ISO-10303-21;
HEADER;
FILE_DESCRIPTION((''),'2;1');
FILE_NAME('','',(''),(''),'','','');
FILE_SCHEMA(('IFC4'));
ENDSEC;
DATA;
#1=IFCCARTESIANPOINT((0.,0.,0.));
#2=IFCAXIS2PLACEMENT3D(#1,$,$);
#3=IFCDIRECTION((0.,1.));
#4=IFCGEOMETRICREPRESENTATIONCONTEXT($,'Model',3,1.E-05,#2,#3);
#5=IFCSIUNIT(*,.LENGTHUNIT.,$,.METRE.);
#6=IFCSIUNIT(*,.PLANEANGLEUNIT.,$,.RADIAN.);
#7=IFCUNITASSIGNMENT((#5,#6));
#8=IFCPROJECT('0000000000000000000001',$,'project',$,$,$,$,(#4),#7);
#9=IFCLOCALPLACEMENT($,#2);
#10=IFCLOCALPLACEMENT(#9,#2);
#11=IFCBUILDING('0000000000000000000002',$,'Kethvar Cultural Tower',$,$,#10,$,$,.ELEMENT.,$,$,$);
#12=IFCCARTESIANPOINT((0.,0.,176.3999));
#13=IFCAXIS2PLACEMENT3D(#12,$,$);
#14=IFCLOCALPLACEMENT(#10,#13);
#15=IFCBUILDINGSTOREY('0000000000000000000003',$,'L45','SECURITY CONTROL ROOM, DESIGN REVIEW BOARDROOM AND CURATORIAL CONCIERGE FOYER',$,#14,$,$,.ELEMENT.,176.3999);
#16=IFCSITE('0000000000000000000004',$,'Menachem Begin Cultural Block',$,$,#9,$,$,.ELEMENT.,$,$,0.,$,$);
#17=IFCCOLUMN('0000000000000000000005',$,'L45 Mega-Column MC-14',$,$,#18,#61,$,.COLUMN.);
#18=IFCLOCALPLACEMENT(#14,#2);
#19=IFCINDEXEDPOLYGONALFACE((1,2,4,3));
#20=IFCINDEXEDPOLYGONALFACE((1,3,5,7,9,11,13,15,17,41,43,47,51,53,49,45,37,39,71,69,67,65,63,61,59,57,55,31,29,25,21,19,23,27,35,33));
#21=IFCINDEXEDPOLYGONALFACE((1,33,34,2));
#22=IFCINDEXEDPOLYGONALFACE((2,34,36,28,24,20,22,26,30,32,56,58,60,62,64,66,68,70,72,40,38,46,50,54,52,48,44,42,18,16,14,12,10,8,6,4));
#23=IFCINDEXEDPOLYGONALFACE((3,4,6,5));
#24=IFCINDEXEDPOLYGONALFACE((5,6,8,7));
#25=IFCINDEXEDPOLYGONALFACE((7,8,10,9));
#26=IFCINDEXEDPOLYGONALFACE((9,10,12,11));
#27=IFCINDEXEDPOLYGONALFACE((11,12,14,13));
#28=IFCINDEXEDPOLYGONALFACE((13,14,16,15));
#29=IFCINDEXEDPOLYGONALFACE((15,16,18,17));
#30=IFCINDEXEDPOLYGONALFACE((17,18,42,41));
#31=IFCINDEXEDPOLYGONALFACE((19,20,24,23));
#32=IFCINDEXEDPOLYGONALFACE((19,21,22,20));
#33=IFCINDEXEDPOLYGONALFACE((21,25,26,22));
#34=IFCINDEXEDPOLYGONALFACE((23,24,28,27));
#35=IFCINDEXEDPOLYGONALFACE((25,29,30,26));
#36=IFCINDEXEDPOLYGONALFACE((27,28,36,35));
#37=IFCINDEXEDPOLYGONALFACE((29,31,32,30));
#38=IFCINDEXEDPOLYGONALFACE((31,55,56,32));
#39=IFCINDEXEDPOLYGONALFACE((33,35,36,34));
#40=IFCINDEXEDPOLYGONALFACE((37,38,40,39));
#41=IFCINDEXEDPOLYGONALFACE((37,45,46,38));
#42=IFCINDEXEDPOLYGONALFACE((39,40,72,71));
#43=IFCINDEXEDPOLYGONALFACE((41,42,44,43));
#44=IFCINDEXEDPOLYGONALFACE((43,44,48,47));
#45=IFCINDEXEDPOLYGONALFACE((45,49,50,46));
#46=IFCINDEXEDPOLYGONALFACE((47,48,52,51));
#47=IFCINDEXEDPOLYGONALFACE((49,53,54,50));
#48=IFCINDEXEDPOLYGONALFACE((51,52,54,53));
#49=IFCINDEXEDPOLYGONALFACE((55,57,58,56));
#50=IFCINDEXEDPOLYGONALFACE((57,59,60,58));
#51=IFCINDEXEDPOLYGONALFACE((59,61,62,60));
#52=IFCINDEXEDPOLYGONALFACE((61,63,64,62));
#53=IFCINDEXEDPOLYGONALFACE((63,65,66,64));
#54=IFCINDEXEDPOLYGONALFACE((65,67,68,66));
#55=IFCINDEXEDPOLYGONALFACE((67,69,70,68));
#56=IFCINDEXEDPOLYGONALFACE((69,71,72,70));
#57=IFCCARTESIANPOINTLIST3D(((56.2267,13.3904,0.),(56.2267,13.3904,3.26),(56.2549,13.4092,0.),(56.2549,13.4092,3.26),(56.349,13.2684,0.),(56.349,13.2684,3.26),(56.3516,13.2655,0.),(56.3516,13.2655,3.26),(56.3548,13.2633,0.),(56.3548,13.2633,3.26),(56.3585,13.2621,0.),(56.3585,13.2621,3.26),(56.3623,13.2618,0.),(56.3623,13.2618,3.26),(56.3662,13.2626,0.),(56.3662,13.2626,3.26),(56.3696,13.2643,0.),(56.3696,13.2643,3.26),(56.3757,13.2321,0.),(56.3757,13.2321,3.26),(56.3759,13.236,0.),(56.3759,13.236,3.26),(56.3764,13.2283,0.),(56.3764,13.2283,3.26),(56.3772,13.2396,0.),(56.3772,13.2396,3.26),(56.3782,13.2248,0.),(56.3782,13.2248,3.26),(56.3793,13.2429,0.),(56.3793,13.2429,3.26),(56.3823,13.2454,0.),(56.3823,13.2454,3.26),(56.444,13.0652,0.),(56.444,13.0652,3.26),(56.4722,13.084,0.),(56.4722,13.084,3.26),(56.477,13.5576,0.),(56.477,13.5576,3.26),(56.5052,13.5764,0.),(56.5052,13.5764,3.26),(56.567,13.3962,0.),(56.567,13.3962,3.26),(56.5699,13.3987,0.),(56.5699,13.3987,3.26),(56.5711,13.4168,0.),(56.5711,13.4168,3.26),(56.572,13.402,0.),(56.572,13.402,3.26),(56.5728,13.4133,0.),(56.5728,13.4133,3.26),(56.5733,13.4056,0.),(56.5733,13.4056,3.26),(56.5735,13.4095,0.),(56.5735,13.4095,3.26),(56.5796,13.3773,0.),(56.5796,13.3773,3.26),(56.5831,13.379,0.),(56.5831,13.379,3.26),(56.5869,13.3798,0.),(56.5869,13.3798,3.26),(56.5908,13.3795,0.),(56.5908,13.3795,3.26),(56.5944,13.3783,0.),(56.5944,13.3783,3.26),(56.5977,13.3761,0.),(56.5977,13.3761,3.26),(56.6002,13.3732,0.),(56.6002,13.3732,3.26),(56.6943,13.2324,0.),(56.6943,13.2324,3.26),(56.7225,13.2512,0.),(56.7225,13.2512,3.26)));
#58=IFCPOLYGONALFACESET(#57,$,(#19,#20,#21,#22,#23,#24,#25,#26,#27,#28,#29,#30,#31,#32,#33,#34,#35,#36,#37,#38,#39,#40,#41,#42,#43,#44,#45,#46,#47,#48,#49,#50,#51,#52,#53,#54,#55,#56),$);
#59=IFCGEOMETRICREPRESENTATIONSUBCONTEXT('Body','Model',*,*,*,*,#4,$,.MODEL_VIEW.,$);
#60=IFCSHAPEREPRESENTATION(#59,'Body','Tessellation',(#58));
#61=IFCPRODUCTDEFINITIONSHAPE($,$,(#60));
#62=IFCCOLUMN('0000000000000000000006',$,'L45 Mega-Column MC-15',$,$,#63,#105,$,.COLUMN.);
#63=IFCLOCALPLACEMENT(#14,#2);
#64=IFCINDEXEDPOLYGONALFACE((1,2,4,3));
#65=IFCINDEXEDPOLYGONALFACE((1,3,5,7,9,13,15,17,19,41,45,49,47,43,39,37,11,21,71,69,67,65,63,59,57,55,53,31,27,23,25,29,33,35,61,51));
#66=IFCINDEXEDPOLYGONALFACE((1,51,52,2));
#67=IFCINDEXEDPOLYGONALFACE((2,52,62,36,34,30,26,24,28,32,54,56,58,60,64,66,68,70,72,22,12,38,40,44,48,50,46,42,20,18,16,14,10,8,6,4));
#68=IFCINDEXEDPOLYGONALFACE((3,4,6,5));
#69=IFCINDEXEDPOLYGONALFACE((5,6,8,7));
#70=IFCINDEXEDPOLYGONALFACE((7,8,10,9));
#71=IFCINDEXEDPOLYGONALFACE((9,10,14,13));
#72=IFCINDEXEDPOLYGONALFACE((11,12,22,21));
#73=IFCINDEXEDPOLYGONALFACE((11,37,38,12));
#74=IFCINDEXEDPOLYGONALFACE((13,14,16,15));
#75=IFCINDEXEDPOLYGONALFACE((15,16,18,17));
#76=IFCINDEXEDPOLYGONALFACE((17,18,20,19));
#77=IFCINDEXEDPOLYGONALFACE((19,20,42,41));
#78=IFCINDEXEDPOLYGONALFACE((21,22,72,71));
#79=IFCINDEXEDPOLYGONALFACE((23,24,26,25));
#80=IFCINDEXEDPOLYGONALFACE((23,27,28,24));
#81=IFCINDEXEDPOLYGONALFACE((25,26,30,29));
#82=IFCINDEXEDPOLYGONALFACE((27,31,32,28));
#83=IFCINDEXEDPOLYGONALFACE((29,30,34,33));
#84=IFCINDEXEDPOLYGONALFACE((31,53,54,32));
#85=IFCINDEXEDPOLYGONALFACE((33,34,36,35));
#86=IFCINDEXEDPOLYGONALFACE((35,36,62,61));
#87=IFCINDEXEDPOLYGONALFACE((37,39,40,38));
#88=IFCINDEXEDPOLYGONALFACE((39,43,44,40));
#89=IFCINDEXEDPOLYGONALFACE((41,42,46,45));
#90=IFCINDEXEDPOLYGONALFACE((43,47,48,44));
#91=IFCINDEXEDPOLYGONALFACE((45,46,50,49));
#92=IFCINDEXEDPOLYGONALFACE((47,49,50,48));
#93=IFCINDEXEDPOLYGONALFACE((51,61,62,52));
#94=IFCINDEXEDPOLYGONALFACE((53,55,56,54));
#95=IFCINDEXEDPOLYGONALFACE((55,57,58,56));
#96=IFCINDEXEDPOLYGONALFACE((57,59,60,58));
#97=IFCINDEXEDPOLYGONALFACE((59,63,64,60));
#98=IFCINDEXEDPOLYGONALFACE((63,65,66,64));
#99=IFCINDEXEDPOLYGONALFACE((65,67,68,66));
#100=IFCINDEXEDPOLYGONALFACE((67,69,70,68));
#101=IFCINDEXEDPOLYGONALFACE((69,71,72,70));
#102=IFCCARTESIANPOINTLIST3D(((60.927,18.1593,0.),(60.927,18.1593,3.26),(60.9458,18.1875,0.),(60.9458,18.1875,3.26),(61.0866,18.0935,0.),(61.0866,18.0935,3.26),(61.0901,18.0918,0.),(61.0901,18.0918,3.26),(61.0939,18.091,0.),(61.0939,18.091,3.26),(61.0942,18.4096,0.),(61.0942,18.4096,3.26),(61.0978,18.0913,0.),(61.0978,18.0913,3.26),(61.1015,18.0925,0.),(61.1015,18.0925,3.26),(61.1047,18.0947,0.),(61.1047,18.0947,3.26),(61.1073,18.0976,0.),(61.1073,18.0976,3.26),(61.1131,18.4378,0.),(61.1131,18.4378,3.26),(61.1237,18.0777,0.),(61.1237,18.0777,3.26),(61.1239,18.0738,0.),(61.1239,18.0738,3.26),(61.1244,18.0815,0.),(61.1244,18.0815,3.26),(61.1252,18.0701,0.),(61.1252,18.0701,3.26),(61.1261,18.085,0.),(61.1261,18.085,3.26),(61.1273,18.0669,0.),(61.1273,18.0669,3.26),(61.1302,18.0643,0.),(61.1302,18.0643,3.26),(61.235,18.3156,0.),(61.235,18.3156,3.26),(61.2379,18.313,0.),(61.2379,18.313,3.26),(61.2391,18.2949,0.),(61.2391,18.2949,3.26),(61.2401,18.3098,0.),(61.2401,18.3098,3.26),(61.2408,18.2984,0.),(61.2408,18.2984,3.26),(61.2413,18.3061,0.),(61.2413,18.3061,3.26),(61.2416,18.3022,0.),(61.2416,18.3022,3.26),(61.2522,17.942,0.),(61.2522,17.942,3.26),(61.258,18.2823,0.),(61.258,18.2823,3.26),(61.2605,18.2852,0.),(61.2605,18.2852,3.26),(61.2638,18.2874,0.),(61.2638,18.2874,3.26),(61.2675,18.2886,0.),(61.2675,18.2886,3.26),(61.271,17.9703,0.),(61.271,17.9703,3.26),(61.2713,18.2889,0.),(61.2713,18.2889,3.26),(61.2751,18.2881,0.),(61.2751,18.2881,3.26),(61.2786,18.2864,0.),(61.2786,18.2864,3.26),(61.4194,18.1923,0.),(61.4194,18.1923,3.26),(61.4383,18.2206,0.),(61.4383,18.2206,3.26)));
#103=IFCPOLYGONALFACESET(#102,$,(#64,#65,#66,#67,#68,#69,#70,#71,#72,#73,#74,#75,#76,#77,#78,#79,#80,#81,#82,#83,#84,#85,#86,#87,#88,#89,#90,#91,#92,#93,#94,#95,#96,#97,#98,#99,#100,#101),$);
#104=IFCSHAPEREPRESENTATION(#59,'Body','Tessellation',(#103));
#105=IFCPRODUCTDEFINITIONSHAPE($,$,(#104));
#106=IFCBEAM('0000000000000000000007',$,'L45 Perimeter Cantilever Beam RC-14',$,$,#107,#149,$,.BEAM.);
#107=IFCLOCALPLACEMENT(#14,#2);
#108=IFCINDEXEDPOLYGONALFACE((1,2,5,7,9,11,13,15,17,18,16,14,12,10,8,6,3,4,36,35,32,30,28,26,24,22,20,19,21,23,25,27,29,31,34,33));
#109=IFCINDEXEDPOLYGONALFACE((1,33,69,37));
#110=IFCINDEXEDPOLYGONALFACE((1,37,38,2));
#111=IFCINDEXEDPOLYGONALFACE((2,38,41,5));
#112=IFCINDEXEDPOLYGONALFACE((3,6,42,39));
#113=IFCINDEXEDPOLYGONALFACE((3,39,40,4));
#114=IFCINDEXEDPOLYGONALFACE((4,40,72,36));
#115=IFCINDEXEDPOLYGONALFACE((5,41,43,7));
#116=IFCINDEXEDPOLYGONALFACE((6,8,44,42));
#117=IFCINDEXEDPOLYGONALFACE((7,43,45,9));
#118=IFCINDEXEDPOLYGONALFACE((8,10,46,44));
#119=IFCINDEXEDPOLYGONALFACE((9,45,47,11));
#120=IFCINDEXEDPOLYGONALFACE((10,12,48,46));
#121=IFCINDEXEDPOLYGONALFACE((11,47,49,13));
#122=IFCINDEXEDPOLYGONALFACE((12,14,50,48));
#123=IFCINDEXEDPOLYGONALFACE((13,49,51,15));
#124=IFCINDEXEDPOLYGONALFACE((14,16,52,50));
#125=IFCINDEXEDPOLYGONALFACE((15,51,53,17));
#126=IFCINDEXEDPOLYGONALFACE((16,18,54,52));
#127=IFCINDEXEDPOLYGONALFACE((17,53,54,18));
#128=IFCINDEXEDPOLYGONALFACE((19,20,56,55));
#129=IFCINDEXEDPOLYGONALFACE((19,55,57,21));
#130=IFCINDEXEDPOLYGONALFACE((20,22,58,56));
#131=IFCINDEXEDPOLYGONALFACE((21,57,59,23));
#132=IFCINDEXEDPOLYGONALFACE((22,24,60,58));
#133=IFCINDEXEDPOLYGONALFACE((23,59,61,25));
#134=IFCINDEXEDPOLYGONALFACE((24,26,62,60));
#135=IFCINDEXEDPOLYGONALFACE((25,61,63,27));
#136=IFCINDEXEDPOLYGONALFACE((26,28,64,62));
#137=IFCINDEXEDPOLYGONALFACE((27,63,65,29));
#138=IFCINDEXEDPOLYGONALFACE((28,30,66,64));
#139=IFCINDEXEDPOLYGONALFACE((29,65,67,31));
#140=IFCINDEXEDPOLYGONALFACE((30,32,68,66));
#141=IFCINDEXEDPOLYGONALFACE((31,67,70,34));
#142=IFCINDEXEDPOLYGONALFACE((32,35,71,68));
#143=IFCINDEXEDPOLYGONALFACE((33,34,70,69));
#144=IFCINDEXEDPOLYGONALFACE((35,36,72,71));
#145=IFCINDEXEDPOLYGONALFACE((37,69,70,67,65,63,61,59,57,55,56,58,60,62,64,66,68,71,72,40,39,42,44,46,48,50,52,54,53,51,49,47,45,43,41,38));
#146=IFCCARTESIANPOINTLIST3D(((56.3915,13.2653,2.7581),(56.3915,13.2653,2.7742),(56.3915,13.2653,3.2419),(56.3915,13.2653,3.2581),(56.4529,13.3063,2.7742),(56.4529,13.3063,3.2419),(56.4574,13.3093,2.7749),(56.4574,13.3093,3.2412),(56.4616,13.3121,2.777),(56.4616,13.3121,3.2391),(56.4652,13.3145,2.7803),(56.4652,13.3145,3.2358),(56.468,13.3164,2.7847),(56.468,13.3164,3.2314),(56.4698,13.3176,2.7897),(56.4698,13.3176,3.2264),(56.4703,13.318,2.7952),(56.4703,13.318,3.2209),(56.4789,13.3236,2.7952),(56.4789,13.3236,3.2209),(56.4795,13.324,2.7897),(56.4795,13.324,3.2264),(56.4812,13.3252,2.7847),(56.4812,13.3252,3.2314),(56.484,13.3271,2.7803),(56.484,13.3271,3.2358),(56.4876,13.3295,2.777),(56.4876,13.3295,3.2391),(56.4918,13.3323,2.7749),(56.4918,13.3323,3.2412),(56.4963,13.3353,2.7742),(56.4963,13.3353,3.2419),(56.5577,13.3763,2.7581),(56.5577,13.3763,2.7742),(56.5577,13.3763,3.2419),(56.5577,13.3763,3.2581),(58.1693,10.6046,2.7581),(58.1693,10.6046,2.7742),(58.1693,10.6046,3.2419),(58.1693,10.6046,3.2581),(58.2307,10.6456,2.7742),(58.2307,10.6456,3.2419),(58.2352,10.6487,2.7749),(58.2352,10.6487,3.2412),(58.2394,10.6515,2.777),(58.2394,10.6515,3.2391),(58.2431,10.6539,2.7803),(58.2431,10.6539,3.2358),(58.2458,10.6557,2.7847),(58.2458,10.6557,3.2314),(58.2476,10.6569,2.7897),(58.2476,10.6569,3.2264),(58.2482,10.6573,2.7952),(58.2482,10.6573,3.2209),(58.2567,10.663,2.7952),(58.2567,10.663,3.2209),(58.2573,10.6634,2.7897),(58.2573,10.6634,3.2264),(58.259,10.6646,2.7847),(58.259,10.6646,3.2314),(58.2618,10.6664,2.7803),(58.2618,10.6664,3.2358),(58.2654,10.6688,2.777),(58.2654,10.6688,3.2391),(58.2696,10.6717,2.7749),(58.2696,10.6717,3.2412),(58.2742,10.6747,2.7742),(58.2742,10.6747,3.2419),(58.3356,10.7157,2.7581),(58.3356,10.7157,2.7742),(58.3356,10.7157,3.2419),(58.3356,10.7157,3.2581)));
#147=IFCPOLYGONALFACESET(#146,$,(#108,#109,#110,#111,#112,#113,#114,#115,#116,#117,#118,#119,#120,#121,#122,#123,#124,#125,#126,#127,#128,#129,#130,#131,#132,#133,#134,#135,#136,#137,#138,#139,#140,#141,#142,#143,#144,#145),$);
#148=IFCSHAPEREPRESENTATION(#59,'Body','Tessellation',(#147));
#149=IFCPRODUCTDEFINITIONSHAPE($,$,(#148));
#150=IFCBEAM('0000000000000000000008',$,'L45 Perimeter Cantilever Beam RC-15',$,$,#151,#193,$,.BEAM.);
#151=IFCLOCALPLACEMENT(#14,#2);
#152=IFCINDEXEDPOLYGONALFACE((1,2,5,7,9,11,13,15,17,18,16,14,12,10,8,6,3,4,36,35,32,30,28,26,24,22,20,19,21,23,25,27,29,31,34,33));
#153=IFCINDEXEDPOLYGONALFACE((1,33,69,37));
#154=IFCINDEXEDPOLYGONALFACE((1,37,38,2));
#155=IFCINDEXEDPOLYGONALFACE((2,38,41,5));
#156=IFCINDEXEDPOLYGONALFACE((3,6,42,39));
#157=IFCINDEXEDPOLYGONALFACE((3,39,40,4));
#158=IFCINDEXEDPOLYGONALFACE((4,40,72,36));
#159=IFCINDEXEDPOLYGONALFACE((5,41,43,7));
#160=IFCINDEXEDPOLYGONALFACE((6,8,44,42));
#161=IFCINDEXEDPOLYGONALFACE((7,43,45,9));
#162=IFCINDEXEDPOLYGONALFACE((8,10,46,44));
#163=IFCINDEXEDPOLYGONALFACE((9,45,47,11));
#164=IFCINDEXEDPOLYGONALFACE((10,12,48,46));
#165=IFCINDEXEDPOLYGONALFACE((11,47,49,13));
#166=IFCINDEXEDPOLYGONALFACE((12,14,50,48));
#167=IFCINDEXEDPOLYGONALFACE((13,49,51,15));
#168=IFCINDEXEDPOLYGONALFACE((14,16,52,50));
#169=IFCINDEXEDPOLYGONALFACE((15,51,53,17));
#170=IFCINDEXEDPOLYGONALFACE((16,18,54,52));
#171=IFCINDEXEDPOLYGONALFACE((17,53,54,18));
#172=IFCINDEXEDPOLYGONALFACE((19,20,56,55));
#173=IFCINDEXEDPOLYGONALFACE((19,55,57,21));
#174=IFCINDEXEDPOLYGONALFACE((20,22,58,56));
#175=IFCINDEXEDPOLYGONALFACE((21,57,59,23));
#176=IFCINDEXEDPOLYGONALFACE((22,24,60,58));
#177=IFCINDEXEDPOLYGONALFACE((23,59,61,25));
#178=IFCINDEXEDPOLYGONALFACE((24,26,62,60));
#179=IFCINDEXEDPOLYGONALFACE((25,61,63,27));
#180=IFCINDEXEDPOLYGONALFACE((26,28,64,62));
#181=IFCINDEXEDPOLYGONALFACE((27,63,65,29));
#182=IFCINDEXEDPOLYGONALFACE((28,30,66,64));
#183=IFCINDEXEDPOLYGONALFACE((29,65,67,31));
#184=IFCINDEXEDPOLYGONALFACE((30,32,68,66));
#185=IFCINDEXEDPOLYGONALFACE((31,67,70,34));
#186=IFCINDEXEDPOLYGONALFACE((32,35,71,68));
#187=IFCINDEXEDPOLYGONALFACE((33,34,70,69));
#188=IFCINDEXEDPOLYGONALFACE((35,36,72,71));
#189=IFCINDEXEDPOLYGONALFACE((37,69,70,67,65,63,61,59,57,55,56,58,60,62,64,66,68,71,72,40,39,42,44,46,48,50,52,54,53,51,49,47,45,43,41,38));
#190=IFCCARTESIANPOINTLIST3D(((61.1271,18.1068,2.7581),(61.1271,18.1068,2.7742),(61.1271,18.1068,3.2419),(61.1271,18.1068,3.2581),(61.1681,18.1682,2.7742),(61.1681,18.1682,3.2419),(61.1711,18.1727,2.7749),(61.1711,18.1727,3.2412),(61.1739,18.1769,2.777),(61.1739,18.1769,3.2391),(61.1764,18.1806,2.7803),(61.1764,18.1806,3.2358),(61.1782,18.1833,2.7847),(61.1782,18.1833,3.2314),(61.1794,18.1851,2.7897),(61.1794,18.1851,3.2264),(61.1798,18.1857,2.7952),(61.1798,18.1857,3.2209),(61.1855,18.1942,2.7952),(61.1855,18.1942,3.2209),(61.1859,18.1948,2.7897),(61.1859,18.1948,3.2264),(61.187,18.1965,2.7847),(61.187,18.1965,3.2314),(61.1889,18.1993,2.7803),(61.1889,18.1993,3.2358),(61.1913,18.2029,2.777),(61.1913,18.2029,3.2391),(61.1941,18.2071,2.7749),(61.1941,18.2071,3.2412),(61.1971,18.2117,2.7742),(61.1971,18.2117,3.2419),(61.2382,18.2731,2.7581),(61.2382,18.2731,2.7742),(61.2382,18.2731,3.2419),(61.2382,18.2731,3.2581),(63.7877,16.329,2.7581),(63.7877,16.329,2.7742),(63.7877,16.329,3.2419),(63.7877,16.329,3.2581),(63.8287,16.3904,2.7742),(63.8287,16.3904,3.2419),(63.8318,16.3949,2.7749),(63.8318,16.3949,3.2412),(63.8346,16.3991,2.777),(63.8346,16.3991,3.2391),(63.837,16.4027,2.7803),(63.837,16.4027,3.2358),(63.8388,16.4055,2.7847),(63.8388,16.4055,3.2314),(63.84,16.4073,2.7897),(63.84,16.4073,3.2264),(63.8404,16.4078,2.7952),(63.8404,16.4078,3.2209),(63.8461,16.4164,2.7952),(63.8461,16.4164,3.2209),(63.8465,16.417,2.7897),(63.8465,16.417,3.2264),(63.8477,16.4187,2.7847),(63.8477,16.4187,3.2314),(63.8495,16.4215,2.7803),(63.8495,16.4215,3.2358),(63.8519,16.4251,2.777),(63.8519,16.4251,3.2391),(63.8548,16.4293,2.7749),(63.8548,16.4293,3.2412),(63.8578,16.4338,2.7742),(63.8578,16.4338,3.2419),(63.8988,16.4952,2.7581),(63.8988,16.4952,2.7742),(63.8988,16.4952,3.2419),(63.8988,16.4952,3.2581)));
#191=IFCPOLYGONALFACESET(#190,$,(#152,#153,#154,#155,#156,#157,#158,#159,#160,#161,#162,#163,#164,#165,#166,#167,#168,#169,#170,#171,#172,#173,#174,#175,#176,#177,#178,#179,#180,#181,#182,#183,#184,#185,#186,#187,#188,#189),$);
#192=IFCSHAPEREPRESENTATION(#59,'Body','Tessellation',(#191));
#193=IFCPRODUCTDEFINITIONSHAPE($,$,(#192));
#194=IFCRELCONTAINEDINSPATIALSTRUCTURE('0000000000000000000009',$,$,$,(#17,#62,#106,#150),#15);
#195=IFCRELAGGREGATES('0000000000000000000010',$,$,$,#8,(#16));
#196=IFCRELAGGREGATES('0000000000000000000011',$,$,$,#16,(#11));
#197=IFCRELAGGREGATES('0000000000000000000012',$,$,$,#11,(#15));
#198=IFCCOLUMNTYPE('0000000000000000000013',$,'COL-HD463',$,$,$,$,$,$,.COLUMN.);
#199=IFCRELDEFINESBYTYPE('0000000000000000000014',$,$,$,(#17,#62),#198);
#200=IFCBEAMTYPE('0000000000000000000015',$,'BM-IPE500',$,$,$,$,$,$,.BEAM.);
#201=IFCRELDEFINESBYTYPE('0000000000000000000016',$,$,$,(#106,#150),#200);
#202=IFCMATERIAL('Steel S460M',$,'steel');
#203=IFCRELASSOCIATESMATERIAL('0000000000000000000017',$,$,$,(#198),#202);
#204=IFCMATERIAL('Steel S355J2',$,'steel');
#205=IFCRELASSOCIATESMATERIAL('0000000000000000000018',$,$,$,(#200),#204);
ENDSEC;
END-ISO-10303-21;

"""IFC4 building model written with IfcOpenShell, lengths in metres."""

from ifc_helpers import new_model, si_unit, direction, frame, origin, origin_2d, place, context, subcontext, project, spatial, i_section, extrude, source, transform, mapped, material, material_profile, profile_set, type_object, element, save


model = new_model("IFC4")

# Units and contexts
model_context = context("Model", 3, precision=1e-05, world=origin(), true_north=direction((0.0, 1.0)))
body_context = subcontext(model_context, "Body", "Model", "MODEL_VIEW")
ifc_project = project(units=[si_unit("LENGTHUNIT", "METRE"), si_unit("PLANEANGLEUNIT", "RADIAN")], contexts=[model_context])

# Site, building, storey
site_placement = place(None, origin())
site = spatial("IfcSite", under=ifc_project, at=site_placement, Name="Menachem Begin Cultural Block", CompositionType="ELEMENT", RefElevation=0.0)
building_placement = place(site_placement, origin())
building = spatial("IfcBuilding", under=site, at=building_placement, Name="Kethvar Cultural Tower", CompositionType="ELEMENT")
storey_placement = place(building_placement, frame((0.0, 0.0, 176.3999)))
storey = spatial("IfcBuildingStorey", under=building, at=storey_placement, Name="L45", Description="SECURITY CONTROL ROOM, DESIGN REVIEW BOARDROOM AND CURATORIAL CONCIERGE FOYER", CompositionType="ELEMENT", Elevation=176.3999)

# Columns
ifc_material_1 = material(Name="Steel S460M", Category="steel")
ifc_material_profile_1 = material_profile(ifc_material_1, i_section(OverallWidth=0.3911, OverallDepth=0.335, WebThickness=0.0227, FlangeThickness=0.0339, FilletRadius=0.0149, at=origin_2d()), Name="Steel S460M — HD400x463")
ifc_profile_set_1 = profile_set([ifc_material_profile_1], Name="Steel S460M — HD400x463")
column_type = type_object("IfcColumnType", Name="COL-HD463", PredefinedType="COLUMN", material=ifc_profile_set_1)
shared_shape_1 = source(origin(), body_context, "Body", "SweptSolid", [
    extrude(i_section(OverallWidth=0.3911, OverallDepth=0.335, WebThickness=0.0227, FlangeThickness=0.0339, FilletRadius=0.0149, at=origin_2d()), origin(), (0.0, 0.0, 1.0), 3.26),
])
for number, where, z_axis, x_axis, name in (
    (1, (56.4746, 13.3208, 0.0), (0.0, 0.0, 1.0), (0.55557, -0.83147, 0.0), "L45 Mega-Column MC-14"),
    (2, (61.1826, 18.1899, 0.0), (0.0, 0.0, 1.0), (0.83147, -0.55557, 0.0), "L45 Mega-Column MC-15"),
):
    element("IfcColumn", number, at=place(storey_placement, frame(where, z_axis=z_axis, x_axis=x_axis)), inside=storey, type_object=column_type, Name=name, PredefinedType="COLUMN", context=body_context, shape_type="MappedRepresentation", body=[
        mapped(shared_shape_1, transform((0.0, 0.0, 0.0), scale=1.0)),
    ])

# Beams
ifc_material_2 = material(Name="Steel S355J2", Category="steel")
ifc_material_profile_2 = material_profile(ifc_material_2, i_section(OverallWidth=0.2, OverallDepth=0.5, WebThickness=0.0103, FlangeThickness=0.0161, FilletRadius=0.021, at=origin_2d()), Name="Steel S355J2 — IPE500")
ifc_profile_set_2 = profile_set([ifc_material_profile_2], Name="Steel S355J2 — IPE500")
beam_type_1 = type_object("IfcBeamType", Name="BM-IPE500", PredefinedType="BEAM", material=ifc_profile_set_2)
shared_shape_2 = source(origin(), body_context, "Body", "SweptSolid", [
    extrude(i_section(OverallWidth=0.2, OverallDepth=0.5, WebThickness=0.0103, FlangeThickness=0.0161, FilletRadius=0.021, at=origin_2d()), origin(), (0.0, 0.0, 1.0), 3.2),
])
for number, where, z_axis, x_axis, name in (
    (3, (56.4746, 13.3208, 3.0081), (0.55558, -0.831463, 0.0), (0.831463, 0.55558, 0.0), "L45 Perimeter Cantilever Beam RC-14"),
    (4, (61.1826, 18.1899, 3.0081), (0.831463, -0.55558, 0.0), (0.55558, 0.831463, 0.0), "L45 Perimeter Cantilever Beam RC-15"),
):
    element("IfcBeam", number, at=place(storey_placement, frame(where, z_axis=z_axis, x_axis=x_axis)), inside=storey, type_object=beam_type_1, Name=name, PredefinedType="BEAM", context=body_context, shape_type="MappedRepresentation", body=[
        mapped(shared_shape_2, transform((0.0, 0.0, 0.0), scale=1.0)),
    ])

save(model, "model.ifc")
